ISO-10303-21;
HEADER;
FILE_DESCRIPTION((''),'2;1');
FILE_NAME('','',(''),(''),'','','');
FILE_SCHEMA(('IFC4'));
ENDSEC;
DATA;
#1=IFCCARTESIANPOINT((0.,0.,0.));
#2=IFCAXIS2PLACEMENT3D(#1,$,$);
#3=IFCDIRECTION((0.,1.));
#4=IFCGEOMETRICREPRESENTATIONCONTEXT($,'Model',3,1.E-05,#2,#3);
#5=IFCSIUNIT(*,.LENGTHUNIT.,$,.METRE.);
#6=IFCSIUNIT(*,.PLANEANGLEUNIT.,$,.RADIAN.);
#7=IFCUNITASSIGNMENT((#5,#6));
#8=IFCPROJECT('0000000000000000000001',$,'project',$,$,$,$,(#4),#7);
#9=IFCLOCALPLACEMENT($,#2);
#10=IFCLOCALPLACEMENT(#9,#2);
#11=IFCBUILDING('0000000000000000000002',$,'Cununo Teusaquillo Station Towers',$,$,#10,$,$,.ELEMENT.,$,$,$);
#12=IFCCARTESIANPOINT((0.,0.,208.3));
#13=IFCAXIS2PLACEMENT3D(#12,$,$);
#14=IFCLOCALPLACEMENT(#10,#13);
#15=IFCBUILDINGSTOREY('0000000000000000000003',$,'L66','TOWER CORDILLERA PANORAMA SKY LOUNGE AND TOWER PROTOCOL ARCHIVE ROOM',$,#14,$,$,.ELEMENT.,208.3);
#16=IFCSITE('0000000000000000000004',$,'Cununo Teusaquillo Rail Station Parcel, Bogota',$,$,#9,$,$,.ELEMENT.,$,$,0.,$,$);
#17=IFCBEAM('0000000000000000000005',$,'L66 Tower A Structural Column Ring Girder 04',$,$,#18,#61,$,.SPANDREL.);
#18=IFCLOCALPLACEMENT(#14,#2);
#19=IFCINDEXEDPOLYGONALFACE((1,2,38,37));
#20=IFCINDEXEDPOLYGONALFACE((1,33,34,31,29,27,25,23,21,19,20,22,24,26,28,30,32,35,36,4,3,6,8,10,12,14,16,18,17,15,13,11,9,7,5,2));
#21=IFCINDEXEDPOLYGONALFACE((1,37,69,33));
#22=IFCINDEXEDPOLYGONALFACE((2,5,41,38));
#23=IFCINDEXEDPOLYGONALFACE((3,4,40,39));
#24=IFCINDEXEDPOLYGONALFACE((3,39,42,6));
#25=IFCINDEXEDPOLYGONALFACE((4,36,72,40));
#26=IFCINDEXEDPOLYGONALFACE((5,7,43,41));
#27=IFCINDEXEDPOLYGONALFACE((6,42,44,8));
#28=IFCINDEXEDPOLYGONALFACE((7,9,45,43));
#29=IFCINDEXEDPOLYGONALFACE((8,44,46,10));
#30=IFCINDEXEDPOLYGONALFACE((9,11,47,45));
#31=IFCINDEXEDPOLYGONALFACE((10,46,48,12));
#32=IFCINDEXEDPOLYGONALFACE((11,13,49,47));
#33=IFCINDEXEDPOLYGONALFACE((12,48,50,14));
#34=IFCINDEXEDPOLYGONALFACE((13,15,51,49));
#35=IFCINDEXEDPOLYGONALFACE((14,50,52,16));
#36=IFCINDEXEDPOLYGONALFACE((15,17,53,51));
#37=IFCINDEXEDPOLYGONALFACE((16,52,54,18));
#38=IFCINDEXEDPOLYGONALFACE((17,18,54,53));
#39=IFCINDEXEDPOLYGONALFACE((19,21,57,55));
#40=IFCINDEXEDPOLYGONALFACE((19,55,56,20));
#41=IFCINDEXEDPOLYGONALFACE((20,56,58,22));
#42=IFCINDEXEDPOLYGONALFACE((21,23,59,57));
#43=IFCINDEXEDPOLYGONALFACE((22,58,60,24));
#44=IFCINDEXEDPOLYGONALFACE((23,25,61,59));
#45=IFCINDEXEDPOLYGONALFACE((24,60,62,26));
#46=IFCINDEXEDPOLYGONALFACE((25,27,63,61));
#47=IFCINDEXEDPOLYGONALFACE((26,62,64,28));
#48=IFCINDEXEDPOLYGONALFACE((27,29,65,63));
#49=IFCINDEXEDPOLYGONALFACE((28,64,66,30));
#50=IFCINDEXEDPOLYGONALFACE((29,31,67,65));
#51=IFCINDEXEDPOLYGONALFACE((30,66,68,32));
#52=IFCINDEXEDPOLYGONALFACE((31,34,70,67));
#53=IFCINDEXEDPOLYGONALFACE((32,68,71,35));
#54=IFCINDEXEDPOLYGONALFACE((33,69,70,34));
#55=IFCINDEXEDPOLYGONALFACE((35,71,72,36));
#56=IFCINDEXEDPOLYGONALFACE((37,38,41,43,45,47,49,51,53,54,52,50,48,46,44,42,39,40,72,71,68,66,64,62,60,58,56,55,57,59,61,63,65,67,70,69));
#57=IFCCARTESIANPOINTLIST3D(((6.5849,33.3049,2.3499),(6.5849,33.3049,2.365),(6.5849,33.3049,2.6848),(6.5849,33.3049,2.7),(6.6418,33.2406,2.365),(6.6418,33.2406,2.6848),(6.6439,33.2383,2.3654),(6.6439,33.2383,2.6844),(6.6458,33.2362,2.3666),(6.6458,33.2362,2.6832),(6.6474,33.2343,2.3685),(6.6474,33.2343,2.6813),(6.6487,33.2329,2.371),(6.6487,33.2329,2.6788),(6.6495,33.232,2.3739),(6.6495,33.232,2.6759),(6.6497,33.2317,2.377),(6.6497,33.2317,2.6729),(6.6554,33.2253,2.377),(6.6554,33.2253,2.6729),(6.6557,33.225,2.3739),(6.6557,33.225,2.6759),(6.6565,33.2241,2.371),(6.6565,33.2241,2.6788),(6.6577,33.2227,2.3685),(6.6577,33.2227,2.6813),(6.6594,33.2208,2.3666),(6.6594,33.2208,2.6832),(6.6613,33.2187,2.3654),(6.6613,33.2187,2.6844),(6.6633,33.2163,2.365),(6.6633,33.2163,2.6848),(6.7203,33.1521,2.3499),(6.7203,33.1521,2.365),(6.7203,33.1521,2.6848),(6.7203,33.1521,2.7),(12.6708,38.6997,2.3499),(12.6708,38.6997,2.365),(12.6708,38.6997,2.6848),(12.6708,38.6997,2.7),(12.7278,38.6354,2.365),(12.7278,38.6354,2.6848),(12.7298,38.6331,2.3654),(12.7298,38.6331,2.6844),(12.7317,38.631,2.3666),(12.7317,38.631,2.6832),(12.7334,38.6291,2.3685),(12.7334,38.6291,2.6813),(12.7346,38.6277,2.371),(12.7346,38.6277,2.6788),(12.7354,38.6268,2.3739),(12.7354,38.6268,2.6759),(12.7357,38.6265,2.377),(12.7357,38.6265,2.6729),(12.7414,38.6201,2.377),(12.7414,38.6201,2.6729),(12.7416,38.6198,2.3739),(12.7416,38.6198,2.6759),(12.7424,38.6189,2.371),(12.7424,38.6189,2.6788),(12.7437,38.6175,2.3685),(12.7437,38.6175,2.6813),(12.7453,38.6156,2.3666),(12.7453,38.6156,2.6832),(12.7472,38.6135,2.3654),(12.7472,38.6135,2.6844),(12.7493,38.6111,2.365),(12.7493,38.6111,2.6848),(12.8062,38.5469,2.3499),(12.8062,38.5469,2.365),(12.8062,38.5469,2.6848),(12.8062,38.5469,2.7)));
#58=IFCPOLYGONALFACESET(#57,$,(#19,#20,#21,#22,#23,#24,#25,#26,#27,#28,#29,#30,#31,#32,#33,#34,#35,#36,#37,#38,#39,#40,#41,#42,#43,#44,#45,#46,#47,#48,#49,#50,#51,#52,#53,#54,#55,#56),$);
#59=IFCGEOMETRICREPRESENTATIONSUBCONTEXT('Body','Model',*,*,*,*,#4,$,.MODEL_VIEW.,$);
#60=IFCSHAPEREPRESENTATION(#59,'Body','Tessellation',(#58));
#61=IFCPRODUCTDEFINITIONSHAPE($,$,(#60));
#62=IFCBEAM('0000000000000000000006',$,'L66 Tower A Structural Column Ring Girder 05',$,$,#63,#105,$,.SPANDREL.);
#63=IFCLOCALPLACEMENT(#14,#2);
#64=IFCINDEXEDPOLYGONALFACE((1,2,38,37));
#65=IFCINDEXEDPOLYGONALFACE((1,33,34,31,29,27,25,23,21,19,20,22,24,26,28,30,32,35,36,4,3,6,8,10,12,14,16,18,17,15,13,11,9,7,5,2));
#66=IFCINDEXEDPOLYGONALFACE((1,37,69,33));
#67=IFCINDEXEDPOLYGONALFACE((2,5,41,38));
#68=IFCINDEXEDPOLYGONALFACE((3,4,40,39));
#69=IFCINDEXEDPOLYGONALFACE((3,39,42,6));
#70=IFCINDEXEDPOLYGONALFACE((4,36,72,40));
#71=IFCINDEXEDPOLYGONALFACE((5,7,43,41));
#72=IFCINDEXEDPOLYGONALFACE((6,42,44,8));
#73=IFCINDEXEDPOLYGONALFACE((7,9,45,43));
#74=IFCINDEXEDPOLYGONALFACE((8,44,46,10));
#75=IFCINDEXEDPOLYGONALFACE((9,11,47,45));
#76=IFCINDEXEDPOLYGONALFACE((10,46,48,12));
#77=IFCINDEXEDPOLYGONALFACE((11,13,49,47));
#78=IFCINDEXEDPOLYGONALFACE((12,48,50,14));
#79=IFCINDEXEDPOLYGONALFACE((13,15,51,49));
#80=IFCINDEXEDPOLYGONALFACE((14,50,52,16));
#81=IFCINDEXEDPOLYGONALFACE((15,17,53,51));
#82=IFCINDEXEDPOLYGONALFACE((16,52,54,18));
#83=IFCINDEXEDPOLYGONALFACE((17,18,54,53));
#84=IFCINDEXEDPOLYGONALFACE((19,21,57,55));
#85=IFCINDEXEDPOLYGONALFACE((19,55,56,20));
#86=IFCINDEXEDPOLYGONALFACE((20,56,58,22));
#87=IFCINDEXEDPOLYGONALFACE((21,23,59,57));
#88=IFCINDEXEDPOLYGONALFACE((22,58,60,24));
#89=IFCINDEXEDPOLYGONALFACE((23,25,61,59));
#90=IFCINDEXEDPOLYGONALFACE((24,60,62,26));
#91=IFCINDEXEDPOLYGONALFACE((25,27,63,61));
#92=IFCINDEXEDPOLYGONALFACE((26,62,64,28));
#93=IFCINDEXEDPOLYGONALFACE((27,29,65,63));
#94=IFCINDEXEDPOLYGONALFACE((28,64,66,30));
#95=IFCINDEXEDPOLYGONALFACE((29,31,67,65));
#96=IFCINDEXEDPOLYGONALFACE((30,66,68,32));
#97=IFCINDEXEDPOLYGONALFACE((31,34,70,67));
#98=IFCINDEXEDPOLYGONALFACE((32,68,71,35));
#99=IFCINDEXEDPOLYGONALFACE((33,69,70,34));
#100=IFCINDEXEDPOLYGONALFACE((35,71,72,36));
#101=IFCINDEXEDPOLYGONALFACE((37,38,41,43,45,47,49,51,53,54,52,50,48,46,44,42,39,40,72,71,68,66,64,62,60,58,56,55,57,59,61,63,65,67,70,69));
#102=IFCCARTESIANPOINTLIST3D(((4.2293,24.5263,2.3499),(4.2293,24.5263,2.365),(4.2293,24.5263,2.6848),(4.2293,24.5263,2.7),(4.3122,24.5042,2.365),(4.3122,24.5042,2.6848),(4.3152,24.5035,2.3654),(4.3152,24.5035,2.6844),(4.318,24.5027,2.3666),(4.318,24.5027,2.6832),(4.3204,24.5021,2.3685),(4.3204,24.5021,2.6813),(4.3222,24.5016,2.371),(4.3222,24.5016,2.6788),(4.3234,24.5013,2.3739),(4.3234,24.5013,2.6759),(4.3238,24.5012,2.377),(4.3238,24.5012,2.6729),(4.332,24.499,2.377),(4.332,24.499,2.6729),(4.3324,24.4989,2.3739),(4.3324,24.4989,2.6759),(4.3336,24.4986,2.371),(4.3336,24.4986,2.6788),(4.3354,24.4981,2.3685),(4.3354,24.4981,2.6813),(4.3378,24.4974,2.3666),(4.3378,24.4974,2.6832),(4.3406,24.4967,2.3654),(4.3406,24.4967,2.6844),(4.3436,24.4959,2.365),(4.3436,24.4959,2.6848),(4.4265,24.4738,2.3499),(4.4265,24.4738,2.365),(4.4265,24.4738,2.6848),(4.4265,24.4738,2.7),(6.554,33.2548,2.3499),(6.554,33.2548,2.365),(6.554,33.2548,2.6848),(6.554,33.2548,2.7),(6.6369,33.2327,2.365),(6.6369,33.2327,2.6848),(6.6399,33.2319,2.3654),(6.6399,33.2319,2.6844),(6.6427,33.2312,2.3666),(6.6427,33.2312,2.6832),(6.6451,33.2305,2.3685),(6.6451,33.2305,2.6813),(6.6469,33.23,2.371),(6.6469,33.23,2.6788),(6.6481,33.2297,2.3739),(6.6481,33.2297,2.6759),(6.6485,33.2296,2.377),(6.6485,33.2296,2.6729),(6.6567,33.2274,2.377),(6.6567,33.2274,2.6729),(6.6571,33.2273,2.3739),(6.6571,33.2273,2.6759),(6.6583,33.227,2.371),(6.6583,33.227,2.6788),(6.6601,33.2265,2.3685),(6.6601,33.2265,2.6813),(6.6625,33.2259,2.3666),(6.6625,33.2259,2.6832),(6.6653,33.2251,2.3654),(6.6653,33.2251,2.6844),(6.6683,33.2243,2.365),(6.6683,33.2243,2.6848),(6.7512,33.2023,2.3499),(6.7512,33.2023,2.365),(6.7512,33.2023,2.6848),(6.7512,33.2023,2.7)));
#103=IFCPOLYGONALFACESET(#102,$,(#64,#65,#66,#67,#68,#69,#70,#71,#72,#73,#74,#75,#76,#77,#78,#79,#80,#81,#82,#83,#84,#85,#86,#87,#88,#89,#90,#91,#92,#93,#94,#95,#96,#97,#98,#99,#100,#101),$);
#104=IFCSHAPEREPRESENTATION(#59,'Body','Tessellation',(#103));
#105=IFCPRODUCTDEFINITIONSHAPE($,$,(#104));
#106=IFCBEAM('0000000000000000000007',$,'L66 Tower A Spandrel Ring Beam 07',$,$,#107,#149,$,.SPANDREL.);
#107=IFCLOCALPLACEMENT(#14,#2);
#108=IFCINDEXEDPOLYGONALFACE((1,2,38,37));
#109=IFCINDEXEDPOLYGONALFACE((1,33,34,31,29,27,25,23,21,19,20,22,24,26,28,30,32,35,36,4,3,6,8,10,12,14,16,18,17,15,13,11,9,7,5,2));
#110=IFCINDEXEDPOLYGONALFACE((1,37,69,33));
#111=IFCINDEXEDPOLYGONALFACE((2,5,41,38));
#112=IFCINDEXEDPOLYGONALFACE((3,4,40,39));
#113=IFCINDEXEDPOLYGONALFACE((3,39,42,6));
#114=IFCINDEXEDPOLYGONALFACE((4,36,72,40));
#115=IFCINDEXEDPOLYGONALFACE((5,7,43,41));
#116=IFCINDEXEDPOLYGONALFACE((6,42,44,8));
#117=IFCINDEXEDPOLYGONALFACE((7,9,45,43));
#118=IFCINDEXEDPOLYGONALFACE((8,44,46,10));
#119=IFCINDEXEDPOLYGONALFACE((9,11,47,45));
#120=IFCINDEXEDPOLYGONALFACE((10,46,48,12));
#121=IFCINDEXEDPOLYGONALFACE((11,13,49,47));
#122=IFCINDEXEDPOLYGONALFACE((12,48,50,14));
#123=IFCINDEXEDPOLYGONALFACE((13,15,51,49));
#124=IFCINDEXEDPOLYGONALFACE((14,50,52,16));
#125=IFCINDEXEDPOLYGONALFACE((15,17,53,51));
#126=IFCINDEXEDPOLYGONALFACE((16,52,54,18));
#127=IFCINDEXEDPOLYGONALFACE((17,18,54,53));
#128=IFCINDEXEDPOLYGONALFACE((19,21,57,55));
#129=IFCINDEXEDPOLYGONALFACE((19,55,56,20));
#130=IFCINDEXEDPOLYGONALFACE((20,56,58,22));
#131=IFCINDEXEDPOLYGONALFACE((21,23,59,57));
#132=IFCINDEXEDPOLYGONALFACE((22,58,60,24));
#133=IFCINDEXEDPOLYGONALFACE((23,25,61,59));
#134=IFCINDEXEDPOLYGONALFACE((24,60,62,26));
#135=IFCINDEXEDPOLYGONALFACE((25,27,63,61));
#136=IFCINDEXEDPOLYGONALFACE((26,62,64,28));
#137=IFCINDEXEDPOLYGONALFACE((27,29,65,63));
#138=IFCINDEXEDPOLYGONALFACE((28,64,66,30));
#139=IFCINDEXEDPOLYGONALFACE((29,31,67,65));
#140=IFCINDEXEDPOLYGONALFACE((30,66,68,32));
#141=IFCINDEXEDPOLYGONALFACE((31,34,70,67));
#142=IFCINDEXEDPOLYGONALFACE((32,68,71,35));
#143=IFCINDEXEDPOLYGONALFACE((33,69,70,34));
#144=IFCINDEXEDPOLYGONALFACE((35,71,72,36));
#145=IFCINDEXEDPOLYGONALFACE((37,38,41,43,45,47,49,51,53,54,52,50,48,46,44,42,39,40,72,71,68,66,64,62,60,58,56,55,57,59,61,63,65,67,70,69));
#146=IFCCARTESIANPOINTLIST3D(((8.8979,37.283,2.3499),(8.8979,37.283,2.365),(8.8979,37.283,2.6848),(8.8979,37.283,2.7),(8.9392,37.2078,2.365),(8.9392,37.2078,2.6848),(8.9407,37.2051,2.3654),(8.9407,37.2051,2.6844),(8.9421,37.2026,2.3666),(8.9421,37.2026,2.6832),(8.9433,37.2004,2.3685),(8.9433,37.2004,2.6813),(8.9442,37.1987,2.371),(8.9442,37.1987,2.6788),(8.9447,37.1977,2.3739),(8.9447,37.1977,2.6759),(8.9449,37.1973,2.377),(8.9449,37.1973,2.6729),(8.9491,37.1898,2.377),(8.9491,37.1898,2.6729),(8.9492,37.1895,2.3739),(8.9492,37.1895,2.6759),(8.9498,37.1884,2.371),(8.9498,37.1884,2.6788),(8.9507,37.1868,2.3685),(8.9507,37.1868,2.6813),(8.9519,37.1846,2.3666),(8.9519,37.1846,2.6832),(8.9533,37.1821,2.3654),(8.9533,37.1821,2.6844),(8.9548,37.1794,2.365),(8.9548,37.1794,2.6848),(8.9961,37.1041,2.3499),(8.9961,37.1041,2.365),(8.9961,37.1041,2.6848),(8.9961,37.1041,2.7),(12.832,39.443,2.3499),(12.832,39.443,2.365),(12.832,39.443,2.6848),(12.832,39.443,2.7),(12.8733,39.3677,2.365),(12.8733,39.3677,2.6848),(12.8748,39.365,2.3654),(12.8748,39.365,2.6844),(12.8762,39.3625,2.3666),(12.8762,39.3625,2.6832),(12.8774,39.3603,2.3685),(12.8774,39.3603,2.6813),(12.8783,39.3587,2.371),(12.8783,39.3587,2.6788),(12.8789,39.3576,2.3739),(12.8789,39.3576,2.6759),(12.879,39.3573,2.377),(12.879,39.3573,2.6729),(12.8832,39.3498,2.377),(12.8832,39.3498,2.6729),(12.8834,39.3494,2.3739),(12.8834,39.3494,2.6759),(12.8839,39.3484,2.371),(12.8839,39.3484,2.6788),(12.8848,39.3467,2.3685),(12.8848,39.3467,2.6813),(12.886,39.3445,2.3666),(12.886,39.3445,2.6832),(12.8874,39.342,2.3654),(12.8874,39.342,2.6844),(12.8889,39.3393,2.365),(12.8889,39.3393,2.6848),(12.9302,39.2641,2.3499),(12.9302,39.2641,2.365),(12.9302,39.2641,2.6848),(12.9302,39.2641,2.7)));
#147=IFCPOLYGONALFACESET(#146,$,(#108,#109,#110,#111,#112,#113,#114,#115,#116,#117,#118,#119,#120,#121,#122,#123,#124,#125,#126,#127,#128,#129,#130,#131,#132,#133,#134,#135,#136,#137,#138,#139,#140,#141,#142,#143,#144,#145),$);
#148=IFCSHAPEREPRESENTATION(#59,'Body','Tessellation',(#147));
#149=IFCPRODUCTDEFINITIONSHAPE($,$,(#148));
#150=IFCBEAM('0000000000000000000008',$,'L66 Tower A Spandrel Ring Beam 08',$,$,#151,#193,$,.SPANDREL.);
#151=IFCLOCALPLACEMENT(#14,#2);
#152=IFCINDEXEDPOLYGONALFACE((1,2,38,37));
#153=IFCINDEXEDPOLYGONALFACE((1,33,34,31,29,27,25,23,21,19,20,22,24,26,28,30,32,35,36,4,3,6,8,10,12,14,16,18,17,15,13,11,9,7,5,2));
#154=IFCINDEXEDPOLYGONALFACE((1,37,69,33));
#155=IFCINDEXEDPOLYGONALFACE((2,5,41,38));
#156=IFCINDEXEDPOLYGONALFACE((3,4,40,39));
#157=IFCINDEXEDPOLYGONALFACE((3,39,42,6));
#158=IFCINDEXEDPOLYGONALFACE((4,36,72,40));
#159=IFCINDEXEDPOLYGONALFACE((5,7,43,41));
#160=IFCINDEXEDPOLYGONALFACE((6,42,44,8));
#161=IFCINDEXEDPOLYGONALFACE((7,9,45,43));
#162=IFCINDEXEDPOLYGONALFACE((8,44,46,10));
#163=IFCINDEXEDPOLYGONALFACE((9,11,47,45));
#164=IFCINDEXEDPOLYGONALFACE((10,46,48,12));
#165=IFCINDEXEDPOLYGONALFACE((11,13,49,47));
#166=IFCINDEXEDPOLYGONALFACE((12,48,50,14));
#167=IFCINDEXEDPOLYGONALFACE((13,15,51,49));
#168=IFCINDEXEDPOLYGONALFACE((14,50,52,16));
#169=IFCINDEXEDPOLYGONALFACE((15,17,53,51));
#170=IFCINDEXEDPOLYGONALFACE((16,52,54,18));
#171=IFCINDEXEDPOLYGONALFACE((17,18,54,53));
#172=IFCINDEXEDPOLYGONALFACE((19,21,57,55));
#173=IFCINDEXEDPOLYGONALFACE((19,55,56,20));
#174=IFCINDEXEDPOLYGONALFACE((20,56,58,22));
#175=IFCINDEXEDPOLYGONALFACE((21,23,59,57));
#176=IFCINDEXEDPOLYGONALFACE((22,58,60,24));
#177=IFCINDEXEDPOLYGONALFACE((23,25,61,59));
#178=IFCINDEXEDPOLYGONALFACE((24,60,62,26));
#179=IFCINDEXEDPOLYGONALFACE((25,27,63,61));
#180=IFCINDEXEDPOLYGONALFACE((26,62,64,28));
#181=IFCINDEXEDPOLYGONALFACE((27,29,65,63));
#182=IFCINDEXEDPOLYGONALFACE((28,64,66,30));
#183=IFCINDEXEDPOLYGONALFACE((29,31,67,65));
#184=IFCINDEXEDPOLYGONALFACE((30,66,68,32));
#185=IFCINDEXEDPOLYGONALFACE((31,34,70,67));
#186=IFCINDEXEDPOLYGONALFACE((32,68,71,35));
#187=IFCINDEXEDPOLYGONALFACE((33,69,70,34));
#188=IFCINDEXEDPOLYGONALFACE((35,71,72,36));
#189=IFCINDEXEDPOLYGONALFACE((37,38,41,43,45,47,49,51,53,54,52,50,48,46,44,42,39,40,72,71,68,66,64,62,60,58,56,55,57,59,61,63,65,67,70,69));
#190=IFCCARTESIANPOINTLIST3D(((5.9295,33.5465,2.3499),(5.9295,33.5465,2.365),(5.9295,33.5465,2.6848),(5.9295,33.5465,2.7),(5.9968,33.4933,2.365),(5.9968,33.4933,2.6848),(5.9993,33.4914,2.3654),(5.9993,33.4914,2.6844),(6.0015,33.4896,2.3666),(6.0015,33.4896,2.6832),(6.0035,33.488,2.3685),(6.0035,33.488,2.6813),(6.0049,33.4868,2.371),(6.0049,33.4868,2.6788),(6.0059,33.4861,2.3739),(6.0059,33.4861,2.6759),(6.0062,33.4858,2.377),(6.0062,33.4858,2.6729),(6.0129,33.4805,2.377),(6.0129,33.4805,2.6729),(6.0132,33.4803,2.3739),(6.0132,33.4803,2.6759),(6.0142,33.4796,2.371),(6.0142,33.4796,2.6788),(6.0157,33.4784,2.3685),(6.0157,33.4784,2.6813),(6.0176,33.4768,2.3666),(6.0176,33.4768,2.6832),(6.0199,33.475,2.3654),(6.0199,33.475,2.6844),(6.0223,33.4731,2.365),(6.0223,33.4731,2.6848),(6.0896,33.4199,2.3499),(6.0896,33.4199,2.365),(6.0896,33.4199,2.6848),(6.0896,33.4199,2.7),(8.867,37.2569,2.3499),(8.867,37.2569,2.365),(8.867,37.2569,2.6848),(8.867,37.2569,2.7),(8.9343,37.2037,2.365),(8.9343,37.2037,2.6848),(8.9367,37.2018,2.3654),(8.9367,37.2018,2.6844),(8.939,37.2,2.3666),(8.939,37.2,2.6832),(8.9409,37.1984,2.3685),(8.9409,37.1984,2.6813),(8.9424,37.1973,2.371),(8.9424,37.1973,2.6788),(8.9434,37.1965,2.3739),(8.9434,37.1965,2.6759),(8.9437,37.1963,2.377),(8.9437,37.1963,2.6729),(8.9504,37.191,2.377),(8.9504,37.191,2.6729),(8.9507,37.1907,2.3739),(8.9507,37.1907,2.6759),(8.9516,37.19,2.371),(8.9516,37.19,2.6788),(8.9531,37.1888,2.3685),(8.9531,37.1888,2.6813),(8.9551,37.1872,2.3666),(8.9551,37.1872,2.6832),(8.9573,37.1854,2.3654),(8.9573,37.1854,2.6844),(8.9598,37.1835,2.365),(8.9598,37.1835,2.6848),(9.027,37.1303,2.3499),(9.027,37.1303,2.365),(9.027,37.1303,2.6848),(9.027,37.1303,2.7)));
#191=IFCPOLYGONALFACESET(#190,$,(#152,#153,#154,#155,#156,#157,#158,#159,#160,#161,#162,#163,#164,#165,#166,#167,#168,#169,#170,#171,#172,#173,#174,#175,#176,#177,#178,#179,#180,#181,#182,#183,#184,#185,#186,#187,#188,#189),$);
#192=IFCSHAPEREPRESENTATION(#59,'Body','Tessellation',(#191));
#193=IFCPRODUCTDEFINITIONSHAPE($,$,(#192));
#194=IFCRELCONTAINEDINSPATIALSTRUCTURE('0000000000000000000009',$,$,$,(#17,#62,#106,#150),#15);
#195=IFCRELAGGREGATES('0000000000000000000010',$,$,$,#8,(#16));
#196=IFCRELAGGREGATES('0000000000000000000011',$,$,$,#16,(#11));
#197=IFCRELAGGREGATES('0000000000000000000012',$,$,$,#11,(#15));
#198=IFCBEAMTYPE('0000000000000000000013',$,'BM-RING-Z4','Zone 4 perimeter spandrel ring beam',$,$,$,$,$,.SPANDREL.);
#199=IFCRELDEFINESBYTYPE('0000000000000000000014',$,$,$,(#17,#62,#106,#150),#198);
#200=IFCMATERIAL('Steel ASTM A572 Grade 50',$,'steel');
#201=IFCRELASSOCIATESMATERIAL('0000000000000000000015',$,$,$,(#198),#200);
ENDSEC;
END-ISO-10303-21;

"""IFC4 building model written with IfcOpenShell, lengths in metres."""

from ifc_helpers import new_model, si_unit, direction, frame, origin, origin_2d, place, context, subcontext, project, spatial, i_section, extrude, material, material_profile, profile_set, type_object, element, save


model = new_model("IFC4")

# Units and contexts
model_context = context("Model", 3, precision=1e-05, world=origin(), true_north=direction((0.0, 1.0)))
body_context = subcontext(model_context, "Body", "Model", "MODEL_VIEW")
ifc_project = project(units=[si_unit("LENGTHUNIT", "METRE"), si_unit("PLANEANGLEUNIT", "RADIAN")], contexts=[model_context])

# Site, building, storey
site_placement = place(None, origin())
site = spatial("IfcSite", under=ifc_project, at=site_placement, Name="Cununo Teusaquillo Rail Station Parcel, Bogota", CompositionType="ELEMENT", RefElevation=0.0)
building_placement = place(site_placement, origin())
building = spatial("IfcBuilding", under=site, at=building_placement, Name="Cununo Teusaquillo Station Towers", CompositionType="ELEMENT")
storey_placement = place(building_placement, frame((0.0, 0.0, 208.3)))
storey = spatial("IfcBuildingStorey", under=building, at=storey_placement, Name="L66", Description="TOWER CORDILLERA PANORAMA SKY LOUNGE AND TOWER PROTOCOL ARCHIVE ROOM", CompositionType="ELEMENT", Elevation=208.3)

# Beams
ifc_material_1 = material(Name="Steel ASTM A572 Grade 50", Category="steel")
ifc_material_profile_1 = material_profile(ifc_material_1, i_section(OverallWidth=0.2041, OverallDepth=0.3501, WebThickness=0.0085, FlangeThickness=0.0151, FilletRadius=0.012, at=origin_2d()), Name="W14X48")
ifc_profile_set_1 = profile_set([ifc_material_profile_1], Name="Steel ASTM A572 Grade 50")
beam_type_1 = type_object("IfcBeamType", Name="BM-RING-Z4", Description="Zone 4 perimeter spandrel ring beam", PredefinedType="SPANDREL", material=ifc_profile_set_1)
beam_1_placement = place(storey_placement, frame((12.7385, 38.6233, 2.5249), z_axis=(-0.748321, -0.663337, 0.0), x_axis=(0.663337, -0.748321, 0.0)))
element("IfcBeam", 1, at=beam_1_placement, inside=storey, type_object=beam_type_1, Name="L66 Tower A Structural Column Ring Girder 04", PredefinedType="SPANDREL", context=body_context, shape_type="SweptSolid", body=[
    extrude(i_section(OverallWidth=0.2041, OverallDepth=0.3501, WebThickness=0.0085, FlangeThickness=0.0151, FilletRadius=0.012, at=origin_2d()), origin(), (0.0, 0.0, 1.0), 8.1328),
])
beam_2_placement = place(storey_placement, frame((6.6526, 33.2285, 2.5249), z_axis=(-0.257363, -0.966315, 0.0), x_axis=(0.966315, -0.257363, 0.0)))
element("IfcBeam", 2, at=beam_2_placement, inside=storey, type_object=beam_type_1, Name="L66 Tower A Structural Column Ring Girder 05", PredefinedType="SPANDREL", context=body_context, shape_type="SweptSolid", body=[
    extrude(i_section(OverallWidth=0.2041, OverallDepth=0.3501, WebThickness=0.0085, FlangeThickness=0.0151, FilletRadius=0.012, at=origin_2d()), origin(), (0.0, 0.0, 1.0), 9.0327),
])
beam_3_placement = place(storey_placement, frame((12.8811, 39.3535, 2.5249), z_axis=(-0.876576, -0.481263, 0.0), x_axis=(0.481263, -0.876576, 0.0)))
element("IfcBeam", 3, at=beam_3_placement, inside=storey, type_object=beam_type_1, Name="L66 Tower A Spandrel Ring Beam 07", PredefinedType="SPANDREL", context=body_context, shape_type="SweptSolid", body=[
    extrude(i_section(OverallWidth=0.2041, OverallDepth=0.3501, WebThickness=0.0085, FlangeThickness=0.0151, FilletRadius=0.012, at=origin_2d()), origin(), (0.0, 0.0, 1.0), 4.488),
])
beam_4_placement = place(storey_placement, frame((8.947, 37.1936, 2.5249), z_axis=(-0.620711, -0.78404, 0.0), x_axis=(0.78404, -0.620711, 0.0)))
element("IfcBeam", 4, at=beam_4_placement, inside=storey, type_object=beam_type_1, Name="L66 Tower A Spandrel Ring Beam 08", PredefinedType="SPANDREL", context=body_context, shape_type="SweptSolid", body=[
    extrude(i_section(OverallWidth=0.2041, OverallDepth=0.3501, WebThickness=0.0085, FlangeThickness=0.0151, FilletRadius=0.012, at=origin_2d()), origin(), (0.0, 0.0, 1.0), 4.7324),
])

save(model, "model.ifc")
